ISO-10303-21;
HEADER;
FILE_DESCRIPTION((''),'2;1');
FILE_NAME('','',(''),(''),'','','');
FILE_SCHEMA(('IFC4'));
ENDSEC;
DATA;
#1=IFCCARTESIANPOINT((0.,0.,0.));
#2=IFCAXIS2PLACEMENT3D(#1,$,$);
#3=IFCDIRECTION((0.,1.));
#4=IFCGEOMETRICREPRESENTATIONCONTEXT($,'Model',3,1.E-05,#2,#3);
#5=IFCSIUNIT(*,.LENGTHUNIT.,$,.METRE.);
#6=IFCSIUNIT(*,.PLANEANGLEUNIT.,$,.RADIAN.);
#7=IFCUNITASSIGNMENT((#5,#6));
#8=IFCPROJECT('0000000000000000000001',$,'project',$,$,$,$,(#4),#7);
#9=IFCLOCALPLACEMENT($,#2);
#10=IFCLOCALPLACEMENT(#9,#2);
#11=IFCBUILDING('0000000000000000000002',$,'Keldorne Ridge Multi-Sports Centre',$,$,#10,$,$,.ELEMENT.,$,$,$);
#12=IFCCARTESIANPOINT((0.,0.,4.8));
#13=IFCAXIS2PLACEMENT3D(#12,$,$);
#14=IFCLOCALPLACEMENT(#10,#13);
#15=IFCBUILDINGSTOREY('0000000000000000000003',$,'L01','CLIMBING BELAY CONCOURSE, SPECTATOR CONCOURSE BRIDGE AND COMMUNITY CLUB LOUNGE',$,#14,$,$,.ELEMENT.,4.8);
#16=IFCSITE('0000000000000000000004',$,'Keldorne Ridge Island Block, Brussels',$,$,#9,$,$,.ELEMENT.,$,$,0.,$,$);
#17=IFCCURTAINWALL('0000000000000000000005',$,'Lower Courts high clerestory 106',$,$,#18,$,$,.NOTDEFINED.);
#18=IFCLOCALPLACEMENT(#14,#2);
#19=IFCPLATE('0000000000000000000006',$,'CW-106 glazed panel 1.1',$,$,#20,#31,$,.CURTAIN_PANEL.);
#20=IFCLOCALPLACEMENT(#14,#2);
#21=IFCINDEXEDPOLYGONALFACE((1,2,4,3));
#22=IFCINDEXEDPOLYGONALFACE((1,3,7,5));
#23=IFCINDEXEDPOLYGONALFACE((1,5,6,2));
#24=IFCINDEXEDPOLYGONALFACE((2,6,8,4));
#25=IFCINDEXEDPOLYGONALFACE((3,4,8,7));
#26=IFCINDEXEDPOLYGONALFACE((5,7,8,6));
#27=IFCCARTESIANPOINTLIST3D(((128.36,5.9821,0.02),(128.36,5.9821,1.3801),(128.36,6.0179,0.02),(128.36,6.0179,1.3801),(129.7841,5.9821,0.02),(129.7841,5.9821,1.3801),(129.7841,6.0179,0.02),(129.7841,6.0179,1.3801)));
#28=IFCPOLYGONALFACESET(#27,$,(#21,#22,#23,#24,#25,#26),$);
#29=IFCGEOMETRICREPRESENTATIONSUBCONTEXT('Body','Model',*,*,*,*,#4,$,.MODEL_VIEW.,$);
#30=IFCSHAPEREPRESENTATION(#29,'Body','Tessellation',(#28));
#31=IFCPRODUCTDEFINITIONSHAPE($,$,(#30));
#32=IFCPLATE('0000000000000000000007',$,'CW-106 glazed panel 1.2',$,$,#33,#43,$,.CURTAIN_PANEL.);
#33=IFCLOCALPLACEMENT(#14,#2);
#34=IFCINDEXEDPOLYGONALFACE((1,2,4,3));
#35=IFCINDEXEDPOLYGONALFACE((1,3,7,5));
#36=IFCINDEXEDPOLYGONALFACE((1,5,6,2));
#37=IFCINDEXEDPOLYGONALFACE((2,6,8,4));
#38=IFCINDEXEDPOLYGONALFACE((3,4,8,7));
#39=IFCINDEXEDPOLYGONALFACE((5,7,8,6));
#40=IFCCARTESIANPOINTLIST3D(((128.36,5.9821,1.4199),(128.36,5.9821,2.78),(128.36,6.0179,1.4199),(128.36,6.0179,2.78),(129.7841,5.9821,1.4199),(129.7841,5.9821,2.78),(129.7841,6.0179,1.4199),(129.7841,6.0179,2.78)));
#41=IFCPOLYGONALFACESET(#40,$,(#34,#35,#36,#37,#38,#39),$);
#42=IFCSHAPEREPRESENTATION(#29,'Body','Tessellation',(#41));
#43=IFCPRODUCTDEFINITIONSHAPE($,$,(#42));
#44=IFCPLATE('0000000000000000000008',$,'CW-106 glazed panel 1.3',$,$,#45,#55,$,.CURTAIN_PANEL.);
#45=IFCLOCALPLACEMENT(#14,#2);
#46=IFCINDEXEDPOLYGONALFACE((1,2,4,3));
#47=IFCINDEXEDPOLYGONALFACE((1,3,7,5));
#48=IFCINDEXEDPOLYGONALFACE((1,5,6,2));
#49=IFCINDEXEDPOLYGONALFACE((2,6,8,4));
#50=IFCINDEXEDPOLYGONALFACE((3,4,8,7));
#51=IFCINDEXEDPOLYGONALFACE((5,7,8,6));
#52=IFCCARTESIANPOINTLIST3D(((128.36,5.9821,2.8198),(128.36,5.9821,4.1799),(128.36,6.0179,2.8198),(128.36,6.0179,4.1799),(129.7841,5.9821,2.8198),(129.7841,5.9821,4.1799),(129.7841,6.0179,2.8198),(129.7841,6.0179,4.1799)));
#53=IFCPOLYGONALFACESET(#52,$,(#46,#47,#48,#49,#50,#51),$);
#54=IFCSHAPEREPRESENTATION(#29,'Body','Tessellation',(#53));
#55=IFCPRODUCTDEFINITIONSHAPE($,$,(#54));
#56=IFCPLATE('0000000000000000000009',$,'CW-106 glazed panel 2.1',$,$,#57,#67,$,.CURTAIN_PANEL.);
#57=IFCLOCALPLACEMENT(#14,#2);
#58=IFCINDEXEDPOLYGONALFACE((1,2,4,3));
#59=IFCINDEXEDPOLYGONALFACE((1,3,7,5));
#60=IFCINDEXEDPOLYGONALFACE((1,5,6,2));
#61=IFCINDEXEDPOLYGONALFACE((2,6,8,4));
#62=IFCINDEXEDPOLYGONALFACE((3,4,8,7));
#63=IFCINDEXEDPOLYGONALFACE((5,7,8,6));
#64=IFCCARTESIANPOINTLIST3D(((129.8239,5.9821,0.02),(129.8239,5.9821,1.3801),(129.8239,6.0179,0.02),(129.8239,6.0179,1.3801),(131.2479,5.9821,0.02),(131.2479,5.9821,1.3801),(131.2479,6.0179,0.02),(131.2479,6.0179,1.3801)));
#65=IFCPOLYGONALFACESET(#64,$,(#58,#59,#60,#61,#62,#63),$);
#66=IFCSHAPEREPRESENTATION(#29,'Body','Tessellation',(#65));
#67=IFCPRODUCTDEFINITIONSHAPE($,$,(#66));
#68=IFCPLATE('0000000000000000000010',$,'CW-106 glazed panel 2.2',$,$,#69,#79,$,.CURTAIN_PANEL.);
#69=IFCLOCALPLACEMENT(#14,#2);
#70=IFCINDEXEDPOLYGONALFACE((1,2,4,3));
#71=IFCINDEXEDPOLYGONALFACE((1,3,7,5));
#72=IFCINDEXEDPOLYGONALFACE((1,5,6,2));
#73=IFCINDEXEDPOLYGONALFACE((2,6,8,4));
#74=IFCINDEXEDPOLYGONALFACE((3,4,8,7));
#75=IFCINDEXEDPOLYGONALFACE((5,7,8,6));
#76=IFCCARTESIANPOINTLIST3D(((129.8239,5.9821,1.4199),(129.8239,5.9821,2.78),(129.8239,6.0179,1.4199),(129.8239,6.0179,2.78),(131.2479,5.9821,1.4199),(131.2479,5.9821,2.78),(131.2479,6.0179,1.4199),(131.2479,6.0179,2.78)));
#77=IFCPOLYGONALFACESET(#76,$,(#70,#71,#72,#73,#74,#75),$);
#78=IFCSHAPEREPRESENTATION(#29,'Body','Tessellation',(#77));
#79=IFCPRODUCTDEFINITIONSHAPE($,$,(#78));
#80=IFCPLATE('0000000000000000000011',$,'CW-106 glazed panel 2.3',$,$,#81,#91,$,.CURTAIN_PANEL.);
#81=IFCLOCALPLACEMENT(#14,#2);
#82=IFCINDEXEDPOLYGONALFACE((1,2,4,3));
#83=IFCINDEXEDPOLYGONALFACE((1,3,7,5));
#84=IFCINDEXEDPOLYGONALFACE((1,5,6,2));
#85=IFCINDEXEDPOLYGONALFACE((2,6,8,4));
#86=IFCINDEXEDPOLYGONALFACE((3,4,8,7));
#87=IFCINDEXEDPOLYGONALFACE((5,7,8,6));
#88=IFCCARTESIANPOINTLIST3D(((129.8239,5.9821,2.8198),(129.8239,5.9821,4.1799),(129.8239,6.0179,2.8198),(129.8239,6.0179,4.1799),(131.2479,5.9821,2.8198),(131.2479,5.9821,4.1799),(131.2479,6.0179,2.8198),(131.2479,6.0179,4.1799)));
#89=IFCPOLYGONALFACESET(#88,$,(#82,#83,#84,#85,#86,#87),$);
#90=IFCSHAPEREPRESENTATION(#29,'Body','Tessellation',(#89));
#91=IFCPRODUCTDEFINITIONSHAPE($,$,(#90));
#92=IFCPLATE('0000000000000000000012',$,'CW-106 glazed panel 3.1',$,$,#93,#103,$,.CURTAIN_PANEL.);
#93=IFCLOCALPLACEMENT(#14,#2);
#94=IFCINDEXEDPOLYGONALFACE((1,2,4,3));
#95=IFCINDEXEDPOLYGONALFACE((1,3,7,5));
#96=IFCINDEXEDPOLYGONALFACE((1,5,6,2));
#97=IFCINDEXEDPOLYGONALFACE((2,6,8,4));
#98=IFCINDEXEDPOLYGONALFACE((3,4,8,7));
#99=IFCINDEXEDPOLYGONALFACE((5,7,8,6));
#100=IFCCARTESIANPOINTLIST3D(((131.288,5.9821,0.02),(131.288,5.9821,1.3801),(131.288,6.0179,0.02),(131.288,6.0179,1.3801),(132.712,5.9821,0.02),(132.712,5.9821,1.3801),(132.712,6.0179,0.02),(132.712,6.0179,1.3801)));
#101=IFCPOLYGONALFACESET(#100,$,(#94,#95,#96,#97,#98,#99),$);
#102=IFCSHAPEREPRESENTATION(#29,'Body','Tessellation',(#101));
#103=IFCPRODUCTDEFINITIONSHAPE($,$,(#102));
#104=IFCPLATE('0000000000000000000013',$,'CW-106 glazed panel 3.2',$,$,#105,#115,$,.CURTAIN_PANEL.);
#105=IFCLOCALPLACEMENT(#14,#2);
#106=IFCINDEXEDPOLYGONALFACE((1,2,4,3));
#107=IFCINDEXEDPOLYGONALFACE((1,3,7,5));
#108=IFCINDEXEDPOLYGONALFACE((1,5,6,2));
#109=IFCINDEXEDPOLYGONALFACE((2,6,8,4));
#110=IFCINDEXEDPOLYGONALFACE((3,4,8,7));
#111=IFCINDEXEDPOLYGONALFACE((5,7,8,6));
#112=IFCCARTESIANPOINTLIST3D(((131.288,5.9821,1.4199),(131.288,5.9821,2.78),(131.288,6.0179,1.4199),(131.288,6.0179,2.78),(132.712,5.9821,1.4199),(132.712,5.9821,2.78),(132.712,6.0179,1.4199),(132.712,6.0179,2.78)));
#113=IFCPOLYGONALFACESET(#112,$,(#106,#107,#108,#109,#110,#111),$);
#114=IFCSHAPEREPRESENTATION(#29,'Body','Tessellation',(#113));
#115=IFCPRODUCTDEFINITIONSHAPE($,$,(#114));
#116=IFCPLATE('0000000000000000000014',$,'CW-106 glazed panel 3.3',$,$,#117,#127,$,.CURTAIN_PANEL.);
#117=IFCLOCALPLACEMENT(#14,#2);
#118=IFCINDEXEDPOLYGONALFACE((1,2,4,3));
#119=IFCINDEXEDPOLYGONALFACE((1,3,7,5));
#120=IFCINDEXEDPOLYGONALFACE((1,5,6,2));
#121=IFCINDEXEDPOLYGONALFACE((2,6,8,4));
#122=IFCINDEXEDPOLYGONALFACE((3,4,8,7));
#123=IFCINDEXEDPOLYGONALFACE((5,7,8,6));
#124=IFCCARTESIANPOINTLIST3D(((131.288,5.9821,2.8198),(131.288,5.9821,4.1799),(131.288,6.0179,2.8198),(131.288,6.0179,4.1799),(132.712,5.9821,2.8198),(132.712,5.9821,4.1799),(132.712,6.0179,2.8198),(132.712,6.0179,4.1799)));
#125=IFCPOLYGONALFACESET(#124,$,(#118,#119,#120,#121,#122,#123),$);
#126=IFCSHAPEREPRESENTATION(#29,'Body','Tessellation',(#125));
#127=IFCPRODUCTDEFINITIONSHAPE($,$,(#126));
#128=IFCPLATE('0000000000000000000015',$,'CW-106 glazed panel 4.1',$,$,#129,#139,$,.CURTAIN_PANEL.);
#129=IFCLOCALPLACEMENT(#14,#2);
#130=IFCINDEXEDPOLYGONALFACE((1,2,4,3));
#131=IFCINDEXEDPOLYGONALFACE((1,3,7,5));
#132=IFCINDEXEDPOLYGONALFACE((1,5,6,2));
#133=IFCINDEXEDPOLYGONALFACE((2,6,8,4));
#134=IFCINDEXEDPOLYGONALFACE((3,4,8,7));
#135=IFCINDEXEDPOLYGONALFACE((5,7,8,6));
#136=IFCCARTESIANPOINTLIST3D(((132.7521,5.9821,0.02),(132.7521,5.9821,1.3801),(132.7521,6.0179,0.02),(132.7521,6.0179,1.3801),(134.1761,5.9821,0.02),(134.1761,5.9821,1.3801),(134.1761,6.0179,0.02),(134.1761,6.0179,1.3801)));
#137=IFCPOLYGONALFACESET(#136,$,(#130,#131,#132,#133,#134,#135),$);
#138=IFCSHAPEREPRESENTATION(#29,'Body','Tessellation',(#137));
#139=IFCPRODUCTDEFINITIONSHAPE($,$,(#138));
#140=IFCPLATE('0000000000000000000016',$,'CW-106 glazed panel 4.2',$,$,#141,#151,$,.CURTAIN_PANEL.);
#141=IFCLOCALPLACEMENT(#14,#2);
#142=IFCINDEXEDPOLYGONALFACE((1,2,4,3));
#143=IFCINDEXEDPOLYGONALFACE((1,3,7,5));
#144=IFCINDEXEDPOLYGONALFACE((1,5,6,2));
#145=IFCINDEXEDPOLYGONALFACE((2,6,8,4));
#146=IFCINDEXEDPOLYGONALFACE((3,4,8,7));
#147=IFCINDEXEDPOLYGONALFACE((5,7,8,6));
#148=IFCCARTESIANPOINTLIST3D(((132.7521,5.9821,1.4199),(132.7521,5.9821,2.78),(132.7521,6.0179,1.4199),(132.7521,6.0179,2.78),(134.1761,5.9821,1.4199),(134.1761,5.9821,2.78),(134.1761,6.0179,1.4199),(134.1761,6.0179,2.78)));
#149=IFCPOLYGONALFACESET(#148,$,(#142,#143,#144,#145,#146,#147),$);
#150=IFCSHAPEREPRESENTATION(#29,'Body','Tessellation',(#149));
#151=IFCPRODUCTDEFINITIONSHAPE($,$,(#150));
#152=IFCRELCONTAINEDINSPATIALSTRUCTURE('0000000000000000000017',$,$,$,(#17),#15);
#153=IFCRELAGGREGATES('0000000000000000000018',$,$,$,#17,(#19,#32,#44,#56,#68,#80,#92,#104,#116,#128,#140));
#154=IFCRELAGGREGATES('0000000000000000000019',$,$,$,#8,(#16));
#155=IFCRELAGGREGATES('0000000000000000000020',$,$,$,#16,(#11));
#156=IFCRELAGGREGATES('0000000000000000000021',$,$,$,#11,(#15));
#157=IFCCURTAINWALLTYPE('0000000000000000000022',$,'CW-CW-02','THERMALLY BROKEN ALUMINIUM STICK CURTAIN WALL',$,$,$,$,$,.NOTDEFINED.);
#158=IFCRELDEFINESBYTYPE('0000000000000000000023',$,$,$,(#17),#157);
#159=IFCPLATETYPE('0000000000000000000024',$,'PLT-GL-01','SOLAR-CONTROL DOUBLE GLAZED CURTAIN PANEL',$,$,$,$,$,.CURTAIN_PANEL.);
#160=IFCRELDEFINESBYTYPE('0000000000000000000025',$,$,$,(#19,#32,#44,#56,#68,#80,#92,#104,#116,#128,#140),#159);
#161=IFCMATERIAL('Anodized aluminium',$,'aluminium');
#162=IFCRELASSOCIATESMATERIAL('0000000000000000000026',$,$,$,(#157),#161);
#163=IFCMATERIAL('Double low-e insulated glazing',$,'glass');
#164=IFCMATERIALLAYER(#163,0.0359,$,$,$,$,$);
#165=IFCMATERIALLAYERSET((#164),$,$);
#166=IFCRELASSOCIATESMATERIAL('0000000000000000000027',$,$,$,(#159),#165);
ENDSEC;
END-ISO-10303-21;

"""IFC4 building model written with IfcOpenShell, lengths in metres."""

from ifc_helpers import new_model, si_unit, direction, frame, origin, origin_2d, place, context, subcontext, project, spatial, rectangle, extrude, material, layer, layer_set, type_object, element, aggregate, save


model = new_model("IFC4")

# Units and contexts
model_context = context("Model", 3, precision=1e-05, world=origin(), true_north=direction((0.0, 1.0)))
body_context = subcontext(model_context, "Body", "Model", "MODEL_VIEW")
ifc_project = project(units=[si_unit("LENGTHUNIT", "METRE"), si_unit("PLANEANGLEUNIT", "RADIAN")], contexts=[model_context])

# Site, building, storey
site_placement = place(None, origin())
site = spatial("IfcSite", under=ifc_project, at=site_placement, Name="Keldorne Ridge Island Block, Brussels", CompositionType="ELEMENT", RefElevation=0.0)
building_placement = place(site_placement, origin())
building = spatial("IfcBuilding", under=site, at=building_placement, Name="Keldorne Ridge Multi-Sports Centre", CompositionType="ELEMENT")
storey_placement = place(building_placement, frame((0.0, 0.0, 4.8)))
storey = spatial("IfcBuildingStorey", under=building, at=storey_placement, Name="L01", Description="CLIMBING BELAY CONCOURSE, SPECTATOR CONCOURSE BRIDGE AND COMMUNITY CLUB LOUNGE", CompositionType="ELEMENT", Elevation=4.8)

# Curtain wall
ifc_material_1 = material(Name="Anodized aluminium", Category="aluminium")
curtain_wall_type = type_object("IfcCurtainWallType", Name="CW-CW-02", Description="THERMALLY BROKEN ALUMINIUM STICK CURTAIN WALL", PredefinedType="NOTDEFINED", material=ifc_material_1)
curtain_wall_placement = place(storey_placement, origin())
curtain_wall = element("IfcCurtainWall", 1, at=curtain_wall_placement, inside=storey, type_object=curtain_wall_type, Name="Lower Courts high clerestory 106", PredefinedType="NOTDEFINED")

# Plates
ifc_material_2 = material(Name="Double low-e insulated glazing", Category="glass")
ifc_layer = layer(ifc_material_2, 0.0359)
ifc_layer_set = layer_set([ifc_layer])
plate_type = type_object("IfcPlateType", Name="PLT-GL-01", Description="SOLAR-CONTROL DOUBLE GLAZED CURTAIN PANEL", PredefinedType="CURTAIN_PANEL", material=ifc_layer_set)
plate_1_placement = place(storey_placement, frame((129.072, 6.0, 0.02), z_axis=(0.0, 0.0, 1.0), x_axis=(1.0, 0.0, 0.0)))
plate_1 = element("IfcPlate", 2, at=plate_1_placement, type_object=plate_type, Name="CW-106 glazed panel 1.1", PredefinedType="CURTAIN_PANEL", context=body_context, shape_type="SweptSolid", body=[
    extrude(rectangle(XDim=1.4241, YDim=0.0359, at=origin_2d()), origin(), (0.0, 0.0, 1.0), 1.3601),
])
plate_2_placement = place(storey_placement, frame((129.072, 6.0, 1.4199), z_axis=(0.0, 0.0, 1.0), x_axis=(1.0, 0.0, 0.0)))
plate_2 = element("IfcPlate", 3, at=plate_2_placement, type_object=plate_type, Name="CW-106 glazed panel 1.2", PredefinedType="CURTAIN_PANEL", context=body_context, shape_type="SweptSolid", body=[
    extrude(rectangle(XDim=1.4241, YDim=0.0359, at=origin_2d()), origin(), (0.0, 0.0, 1.0), 1.3601),
])
plate_3_placement = place(storey_placement, frame((129.072, 6.0, 2.8198), z_axis=(0.0, 0.0, 1.0), x_axis=(1.0, 0.0, 0.0)))
plate_3 = element("IfcPlate", 4, at=plate_3_placement, type_object=plate_type, Name="CW-106 glazed panel 1.3", PredefinedType="CURTAIN_PANEL", context=body_context, shape_type="SweptSolid", body=[
    extrude(rectangle(XDim=1.4241, YDim=0.0359, at=origin_2d()), origin(), (0.0, 0.0, 1.0), 1.3601),
])
plate_4_placement = place(storey_placement, frame((130.5359, 6.0, 0.02), z_axis=(0.0, 0.0, 1.0), x_axis=(1.0, 0.0, 0.0)))
plate_4 = element("IfcPlate", 5, at=plate_4_placement, type_object=plate_type, Name="CW-106 glazed panel 2.1", PredefinedType="CURTAIN_PANEL", context=body_context, shape_type="SweptSolid", body=[
    extrude(rectangle(XDim=1.4241, YDim=0.0359, at=origin_2d()), origin(), (0.0, 0.0, 1.0), 1.3601),
])
plate_5_placement = place(storey_placement, frame((130.5359, 6.0, 1.4199), z_axis=(0.0, 0.0, 1.0), x_axis=(1.0, 0.0, 0.0)))
plate_5 = element("IfcPlate", 6, at=plate_5_placement, type_object=plate_type, Name="CW-106 glazed panel 2.2", PredefinedType="CURTAIN_PANEL", context=body_context, shape_type="SweptSolid", body=[
    extrude(rectangle(XDim=1.4241, YDim=0.0359, at=origin_2d()), origin(), (0.0, 0.0, 1.0), 1.3601),
])
plate_6_placement = place(storey_placement, frame((130.5359, 6.0, 2.8198), z_axis=(0.0, 0.0, 1.0), x_axis=(1.0, 0.0, 0.0)))
plate_6 = element("IfcPlate", 7, at=plate_6_placement, type_object=plate_type, Name="CW-106 glazed panel 2.3", PredefinedType="CURTAIN_PANEL", context=body_context, shape_type="SweptSolid", body=[
    extrude(rectangle(XDim=1.4241, YDim=0.0359, at=origin_2d()), origin(), (0.0, 0.0, 1.0), 1.3601),
])
plate_7_placement = place(storey_placement, frame((132.0, 6.0, 0.02), z_axis=(0.0, 0.0, 1.0), x_axis=(1.0, 0.0, 0.0)))
plate_7 = element("IfcPlate", 8, at=plate_7_placement, type_object=plate_type, Name="CW-106 glazed panel 3.1", PredefinedType="CURTAIN_PANEL", context=body_context, shape_type="SweptSolid", body=[
    extrude(rectangle(XDim=1.4241, YDim=0.0359, at=origin_2d()), origin(), (0.0, 0.0, 1.0), 1.3601),
])
plate_8_placement = place(storey_placement, frame((132.0, 6.0, 1.4199), z_axis=(0.0, 0.0, 1.0), x_axis=(1.0, 0.0, 0.0)))
plate_8 = element("IfcPlate", 9, at=plate_8_placement, type_object=plate_type, Name="CW-106 glazed panel 3.2", PredefinedType="CURTAIN_PANEL", context=body_context, shape_type="SweptSolid", body=[
    extrude(rectangle(XDim=1.4241, YDim=0.0359, at=origin_2d()), origin(), (0.0, 0.0, 1.0), 1.3601),
])
plate_9_placement = place(storey_placement, frame((132.0, 6.0, 2.8198), z_axis=(0.0, 0.0, 1.0), x_axis=(1.0, 0.0, 0.0)))
plate_9 = element("IfcPlate", 10, at=plate_9_placement, type_object=plate_type, Name="CW-106 glazed panel 3.3", PredefinedType="CURTAIN_PANEL", context=body_context, shape_type="SweptSolid", body=[
    extrude(rectangle(XDim=1.4241, YDim=0.0359, at=origin_2d()), origin(), (0.0, 0.0, 1.0), 1.3601),
])
plate_10_placement = place(storey_placement, frame((133.4641, 6.0, 0.02), z_axis=(0.0, 0.0, 1.0), x_axis=(1.0, 0.0, 0.0)))
plate_10 = element("IfcPlate", 11, at=plate_10_placement, type_object=plate_type, Name="CW-106 glazed panel 4.1", PredefinedType="CURTAIN_PANEL", context=body_context, shape_type="SweptSolid", body=[
    extrude(rectangle(XDim=1.4241, YDim=0.0359, at=origin_2d()), origin(), (0.0, 0.0, 1.0), 1.3601),
])
plate_11_placement = place(storey_placement, frame((133.4641, 6.0, 1.4199), z_axis=(0.0, 0.0, 1.0), x_axis=(1.0, 0.0, 0.0)))
plate_11 = element("IfcPlate", 12, at=plate_11_placement, type_object=plate_type, Name="CW-106 glazed panel 4.2", PredefinedType="CURTAIN_PANEL", context=body_context, shape_type="SweptSolid", body=[
    extrude(rectangle(XDim=1.4241, YDim=0.0359, at=origin_2d()), origin(), (0.0, 0.0, 1.0), 1.3601),
])
aggregate(curtain_wall, [plate_1, plate_2, plate_3, plate_4, plate_5, plate_6, plate_7, plate_8, plate_9, plate_10, plate_11])

save(model, "model.ifc")
